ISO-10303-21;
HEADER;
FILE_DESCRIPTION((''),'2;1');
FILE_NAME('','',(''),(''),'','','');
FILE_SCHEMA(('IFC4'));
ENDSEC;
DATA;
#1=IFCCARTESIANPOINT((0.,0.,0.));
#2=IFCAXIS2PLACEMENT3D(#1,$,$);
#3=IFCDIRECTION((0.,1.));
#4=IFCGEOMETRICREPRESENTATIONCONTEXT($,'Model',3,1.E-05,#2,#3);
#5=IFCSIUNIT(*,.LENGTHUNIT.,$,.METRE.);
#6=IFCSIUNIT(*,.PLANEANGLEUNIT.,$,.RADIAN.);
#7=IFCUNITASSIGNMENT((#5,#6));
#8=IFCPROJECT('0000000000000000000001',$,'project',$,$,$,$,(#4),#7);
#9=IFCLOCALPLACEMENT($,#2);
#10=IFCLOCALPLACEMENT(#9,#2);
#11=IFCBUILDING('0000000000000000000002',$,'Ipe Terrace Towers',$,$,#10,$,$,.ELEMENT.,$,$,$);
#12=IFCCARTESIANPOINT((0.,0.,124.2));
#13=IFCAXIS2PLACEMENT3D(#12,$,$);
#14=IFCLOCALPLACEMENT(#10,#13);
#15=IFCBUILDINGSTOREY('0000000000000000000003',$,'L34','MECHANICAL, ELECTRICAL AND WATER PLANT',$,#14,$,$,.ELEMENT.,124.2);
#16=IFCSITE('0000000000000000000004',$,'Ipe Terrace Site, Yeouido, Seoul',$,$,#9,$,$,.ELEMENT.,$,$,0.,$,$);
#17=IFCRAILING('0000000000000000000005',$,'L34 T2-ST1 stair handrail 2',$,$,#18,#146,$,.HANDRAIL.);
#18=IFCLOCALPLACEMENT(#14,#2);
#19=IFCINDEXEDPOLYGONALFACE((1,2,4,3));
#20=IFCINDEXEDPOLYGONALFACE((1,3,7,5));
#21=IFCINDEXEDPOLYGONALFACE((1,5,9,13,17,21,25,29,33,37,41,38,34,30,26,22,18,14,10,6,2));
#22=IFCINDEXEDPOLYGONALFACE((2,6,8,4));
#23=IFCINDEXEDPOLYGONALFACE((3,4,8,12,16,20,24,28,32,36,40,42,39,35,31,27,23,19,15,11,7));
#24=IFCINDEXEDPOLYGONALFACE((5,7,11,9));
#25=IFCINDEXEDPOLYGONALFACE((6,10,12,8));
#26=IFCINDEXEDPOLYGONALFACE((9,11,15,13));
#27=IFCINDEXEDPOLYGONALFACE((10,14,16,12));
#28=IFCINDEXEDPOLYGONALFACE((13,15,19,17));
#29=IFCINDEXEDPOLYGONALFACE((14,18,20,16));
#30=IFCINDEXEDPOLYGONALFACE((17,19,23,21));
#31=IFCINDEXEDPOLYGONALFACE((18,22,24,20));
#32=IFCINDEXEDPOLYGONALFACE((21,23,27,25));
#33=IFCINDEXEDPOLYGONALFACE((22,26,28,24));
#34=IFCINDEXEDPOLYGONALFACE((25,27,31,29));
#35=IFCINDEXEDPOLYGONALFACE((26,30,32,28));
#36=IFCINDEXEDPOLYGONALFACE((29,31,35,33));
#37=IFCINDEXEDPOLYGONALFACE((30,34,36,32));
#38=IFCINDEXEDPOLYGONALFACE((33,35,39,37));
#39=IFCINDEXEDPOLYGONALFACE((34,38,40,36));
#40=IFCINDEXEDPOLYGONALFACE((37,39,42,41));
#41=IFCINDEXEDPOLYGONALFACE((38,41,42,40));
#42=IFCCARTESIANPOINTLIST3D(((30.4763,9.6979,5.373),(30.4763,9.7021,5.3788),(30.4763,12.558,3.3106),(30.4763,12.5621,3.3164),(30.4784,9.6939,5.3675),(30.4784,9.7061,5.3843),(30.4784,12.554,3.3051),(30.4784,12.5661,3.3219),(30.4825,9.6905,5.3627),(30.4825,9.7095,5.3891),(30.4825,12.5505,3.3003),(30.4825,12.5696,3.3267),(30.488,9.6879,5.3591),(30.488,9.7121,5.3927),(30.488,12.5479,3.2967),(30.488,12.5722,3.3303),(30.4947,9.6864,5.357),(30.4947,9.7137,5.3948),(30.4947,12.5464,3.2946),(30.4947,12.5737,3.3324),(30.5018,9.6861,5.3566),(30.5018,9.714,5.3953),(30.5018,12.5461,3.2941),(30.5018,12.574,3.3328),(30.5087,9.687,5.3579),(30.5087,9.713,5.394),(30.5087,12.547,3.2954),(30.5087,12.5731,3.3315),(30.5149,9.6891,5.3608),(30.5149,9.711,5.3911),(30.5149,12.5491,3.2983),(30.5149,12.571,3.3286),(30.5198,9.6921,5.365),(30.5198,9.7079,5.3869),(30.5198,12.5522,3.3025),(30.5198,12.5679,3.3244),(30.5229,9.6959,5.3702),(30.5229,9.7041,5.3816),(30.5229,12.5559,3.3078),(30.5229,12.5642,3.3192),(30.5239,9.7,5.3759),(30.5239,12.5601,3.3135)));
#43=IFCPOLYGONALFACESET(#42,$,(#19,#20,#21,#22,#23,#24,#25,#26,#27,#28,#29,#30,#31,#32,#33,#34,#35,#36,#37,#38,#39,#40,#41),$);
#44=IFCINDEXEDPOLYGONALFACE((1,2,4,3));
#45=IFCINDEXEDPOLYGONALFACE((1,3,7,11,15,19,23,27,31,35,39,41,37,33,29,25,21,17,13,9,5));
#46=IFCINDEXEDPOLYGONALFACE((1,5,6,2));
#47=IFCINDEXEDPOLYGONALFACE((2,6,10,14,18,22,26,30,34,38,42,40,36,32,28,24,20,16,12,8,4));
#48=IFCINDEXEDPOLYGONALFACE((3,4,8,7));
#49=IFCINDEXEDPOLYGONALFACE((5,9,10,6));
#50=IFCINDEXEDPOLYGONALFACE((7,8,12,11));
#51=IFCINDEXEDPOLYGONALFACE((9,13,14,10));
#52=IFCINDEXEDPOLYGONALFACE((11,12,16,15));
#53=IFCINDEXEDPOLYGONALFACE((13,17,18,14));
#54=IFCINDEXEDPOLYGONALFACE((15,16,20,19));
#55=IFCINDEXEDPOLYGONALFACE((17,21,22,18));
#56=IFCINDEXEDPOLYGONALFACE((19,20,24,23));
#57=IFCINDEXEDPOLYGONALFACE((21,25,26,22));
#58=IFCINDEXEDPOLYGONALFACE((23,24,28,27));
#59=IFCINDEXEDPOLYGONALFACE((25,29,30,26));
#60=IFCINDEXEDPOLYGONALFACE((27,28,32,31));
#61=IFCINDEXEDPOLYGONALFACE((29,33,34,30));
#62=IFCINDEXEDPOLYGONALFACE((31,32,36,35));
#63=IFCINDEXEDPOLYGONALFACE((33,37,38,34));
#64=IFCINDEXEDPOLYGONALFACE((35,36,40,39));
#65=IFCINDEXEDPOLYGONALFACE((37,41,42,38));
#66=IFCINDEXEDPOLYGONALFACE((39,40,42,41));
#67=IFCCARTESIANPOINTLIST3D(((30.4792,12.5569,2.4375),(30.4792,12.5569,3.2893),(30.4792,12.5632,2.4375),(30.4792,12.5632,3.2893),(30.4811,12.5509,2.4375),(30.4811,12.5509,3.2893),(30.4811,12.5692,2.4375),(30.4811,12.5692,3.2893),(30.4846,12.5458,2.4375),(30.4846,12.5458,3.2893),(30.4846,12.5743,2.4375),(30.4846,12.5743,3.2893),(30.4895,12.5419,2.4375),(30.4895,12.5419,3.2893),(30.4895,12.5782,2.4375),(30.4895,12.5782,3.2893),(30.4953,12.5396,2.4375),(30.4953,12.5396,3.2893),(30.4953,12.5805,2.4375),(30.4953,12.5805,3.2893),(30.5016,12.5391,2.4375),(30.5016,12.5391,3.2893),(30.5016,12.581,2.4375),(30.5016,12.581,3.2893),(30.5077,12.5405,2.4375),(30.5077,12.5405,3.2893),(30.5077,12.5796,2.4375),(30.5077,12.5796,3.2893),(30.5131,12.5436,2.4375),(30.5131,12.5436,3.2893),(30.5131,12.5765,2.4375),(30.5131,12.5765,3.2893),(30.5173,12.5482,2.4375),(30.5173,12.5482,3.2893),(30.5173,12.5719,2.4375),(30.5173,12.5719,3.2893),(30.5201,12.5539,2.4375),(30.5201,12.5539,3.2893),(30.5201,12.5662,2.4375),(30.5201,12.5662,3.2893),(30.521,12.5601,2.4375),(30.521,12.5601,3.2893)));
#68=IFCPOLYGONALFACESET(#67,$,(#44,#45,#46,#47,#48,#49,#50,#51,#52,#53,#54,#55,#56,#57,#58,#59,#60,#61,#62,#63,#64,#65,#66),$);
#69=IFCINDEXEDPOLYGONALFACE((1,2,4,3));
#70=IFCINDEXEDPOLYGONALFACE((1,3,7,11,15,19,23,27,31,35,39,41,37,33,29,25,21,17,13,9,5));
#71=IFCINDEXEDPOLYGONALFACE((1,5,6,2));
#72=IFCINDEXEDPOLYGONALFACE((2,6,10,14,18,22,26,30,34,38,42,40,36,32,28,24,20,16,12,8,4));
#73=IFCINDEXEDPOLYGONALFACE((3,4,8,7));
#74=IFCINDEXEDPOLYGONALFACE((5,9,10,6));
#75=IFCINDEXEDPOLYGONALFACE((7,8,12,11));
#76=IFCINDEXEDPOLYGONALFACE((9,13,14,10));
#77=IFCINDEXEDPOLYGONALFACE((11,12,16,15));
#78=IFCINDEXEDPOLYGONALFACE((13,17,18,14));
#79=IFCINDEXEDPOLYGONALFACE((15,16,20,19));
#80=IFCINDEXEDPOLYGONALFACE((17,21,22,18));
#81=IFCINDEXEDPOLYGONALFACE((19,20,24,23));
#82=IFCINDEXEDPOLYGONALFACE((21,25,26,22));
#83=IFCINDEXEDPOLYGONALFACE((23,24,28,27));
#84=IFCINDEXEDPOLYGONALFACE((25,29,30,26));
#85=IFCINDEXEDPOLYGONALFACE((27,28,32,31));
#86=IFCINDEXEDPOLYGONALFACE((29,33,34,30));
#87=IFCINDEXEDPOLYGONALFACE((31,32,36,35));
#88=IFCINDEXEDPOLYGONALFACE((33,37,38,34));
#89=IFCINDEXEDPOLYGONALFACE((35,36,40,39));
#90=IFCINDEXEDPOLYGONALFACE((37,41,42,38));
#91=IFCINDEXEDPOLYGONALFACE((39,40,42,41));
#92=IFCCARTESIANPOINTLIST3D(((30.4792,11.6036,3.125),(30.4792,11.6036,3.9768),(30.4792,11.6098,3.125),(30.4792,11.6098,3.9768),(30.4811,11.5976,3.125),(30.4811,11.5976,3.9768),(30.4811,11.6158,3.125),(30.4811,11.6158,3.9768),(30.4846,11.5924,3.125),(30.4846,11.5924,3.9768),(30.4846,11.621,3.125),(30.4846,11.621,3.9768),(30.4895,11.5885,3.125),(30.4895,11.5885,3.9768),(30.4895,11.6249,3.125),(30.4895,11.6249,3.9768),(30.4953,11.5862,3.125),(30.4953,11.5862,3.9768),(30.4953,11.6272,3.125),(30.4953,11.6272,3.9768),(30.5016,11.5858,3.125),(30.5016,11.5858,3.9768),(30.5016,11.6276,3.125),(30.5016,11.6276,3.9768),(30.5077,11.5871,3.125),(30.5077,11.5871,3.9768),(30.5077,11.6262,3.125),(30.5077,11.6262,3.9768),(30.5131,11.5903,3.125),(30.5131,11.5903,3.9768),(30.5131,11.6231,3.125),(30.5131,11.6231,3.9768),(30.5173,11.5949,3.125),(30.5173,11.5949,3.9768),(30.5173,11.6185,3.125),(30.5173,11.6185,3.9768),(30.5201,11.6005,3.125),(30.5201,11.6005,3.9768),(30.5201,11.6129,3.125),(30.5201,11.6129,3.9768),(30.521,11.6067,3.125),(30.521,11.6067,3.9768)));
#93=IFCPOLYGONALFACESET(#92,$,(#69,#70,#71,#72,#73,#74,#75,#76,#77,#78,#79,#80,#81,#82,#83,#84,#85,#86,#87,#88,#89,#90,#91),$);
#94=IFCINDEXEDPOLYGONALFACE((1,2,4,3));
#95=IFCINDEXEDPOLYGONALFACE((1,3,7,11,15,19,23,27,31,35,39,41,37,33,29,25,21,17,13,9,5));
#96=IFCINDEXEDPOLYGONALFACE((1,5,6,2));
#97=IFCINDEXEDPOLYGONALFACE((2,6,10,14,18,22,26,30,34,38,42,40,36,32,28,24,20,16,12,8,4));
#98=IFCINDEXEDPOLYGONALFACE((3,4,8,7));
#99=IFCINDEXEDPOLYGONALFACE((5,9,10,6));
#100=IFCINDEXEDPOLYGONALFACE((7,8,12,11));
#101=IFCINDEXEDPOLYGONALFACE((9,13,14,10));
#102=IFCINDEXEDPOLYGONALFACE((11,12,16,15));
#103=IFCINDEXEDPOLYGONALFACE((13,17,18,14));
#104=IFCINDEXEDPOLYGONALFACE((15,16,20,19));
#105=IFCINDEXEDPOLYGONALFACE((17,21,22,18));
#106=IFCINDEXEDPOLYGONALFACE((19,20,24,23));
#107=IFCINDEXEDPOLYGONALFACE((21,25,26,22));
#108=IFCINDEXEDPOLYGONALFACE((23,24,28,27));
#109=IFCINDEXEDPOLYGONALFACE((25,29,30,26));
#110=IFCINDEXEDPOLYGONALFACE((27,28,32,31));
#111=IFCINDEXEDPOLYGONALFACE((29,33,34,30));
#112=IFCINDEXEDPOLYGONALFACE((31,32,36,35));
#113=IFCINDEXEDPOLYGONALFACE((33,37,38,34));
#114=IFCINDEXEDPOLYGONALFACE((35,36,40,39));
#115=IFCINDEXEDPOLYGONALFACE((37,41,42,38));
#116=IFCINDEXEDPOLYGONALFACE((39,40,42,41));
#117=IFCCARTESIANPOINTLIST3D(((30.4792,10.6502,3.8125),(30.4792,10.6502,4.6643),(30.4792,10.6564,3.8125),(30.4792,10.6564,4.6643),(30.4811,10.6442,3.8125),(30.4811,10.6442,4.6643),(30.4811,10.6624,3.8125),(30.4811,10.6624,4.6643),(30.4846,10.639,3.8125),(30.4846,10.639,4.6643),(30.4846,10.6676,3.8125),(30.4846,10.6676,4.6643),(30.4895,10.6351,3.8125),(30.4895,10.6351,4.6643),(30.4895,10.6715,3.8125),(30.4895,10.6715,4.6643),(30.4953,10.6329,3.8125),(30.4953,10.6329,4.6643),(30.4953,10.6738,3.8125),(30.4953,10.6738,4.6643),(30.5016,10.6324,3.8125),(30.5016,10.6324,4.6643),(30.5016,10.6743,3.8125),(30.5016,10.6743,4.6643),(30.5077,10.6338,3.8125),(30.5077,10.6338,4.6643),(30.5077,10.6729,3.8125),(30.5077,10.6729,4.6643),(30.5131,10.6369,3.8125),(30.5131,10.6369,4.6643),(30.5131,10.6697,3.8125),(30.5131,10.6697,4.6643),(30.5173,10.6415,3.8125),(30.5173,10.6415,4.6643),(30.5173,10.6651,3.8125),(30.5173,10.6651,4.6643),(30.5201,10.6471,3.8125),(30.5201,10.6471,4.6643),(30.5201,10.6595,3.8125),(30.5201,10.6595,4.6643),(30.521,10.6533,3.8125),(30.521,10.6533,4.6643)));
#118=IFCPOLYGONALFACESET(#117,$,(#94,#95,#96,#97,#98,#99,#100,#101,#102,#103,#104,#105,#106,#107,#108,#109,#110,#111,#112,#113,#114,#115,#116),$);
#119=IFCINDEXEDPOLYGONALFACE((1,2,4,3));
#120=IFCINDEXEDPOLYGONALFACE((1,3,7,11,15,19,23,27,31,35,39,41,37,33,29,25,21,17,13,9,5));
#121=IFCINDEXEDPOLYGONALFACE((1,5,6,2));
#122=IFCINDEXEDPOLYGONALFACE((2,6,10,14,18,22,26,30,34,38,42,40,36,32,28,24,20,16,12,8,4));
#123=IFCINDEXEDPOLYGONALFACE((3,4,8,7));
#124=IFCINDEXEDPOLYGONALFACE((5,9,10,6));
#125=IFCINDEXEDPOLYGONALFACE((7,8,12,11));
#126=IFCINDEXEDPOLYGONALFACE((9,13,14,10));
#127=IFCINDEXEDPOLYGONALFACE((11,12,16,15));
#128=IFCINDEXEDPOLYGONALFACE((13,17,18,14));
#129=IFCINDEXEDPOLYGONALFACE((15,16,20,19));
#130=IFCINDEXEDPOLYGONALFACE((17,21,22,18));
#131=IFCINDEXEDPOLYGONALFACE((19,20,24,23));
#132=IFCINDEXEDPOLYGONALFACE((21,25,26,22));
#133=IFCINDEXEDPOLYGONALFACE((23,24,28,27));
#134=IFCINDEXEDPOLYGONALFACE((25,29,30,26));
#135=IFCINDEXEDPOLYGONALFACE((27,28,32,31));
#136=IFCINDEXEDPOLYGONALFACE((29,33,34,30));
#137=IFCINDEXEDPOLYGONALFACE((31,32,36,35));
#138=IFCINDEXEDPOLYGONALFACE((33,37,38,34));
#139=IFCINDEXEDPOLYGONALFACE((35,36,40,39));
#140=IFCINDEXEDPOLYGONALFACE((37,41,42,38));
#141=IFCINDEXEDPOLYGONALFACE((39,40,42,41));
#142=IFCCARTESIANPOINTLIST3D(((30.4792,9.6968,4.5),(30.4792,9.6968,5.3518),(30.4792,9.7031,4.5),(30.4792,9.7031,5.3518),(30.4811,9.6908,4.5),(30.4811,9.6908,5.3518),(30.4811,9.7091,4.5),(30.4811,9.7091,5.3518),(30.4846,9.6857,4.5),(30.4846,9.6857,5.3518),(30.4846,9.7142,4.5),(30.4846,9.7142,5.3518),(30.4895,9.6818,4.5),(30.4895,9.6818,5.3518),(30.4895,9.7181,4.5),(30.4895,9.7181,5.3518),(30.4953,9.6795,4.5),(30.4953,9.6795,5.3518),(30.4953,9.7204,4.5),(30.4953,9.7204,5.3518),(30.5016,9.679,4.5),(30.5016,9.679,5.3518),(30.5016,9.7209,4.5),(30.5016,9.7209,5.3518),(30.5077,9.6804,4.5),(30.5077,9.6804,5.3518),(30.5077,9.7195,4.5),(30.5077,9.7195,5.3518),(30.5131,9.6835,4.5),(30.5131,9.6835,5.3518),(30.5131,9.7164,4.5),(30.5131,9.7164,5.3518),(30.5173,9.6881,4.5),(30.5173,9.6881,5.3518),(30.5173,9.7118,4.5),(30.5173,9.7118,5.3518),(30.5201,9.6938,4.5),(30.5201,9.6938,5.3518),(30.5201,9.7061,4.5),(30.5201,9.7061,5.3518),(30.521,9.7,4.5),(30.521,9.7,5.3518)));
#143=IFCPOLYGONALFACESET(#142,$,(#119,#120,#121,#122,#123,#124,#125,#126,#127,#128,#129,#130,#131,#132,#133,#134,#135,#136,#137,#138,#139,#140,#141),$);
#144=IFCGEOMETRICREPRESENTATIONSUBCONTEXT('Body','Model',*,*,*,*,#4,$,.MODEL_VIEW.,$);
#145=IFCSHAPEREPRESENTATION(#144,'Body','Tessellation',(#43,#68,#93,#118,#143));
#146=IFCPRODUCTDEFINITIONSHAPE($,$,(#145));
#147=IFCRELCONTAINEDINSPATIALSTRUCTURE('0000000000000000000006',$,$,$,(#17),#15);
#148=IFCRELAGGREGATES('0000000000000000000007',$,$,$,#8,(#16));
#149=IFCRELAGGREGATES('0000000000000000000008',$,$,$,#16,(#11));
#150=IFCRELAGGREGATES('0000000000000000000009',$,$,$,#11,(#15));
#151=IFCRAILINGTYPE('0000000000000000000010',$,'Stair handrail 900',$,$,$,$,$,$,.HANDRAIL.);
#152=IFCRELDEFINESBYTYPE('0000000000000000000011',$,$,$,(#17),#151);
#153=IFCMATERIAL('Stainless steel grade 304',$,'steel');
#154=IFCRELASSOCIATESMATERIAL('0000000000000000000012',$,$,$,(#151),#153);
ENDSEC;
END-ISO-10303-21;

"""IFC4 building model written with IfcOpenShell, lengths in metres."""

from ifc_helpers import new_model, si_unit, direction, frame, origin, origin_2d, place, context, subcontext, project, spatial, circle, extrude, material, type_object, element, save


model = new_model("IFC4")

# Units and contexts
model_context = context("Model", 3, precision=1e-05, world=origin(), true_north=direction((0.0, 1.0)))
body_context = subcontext(model_context, "Body", "Model", "MODEL_VIEW")
ifc_project = project(units=[si_unit("LENGTHUNIT", "METRE"), si_unit("PLANEANGLEUNIT", "RADIAN")], contexts=[model_context])

# Site, building, storey
site_placement = place(None, origin())
site = spatial("IfcSite", under=ifc_project, at=site_placement, Name="Ipe Terrace Site, Yeouido, Seoul", CompositionType="ELEMENT", RefElevation=0.0)
building_placement = place(site_placement, origin())
building = spatial("IfcBuilding", under=site, at=building_placement, Name="Ipe Terrace Towers", CompositionType="ELEMENT")
storey_placement = place(building_placement, frame((0.0, 0.0, 124.2)))
storey = spatial("IfcBuildingStorey", under=building, at=storey_placement, Name="L34", Description="MECHANICAL, ELECTRICAL AND WATER PLANT", CompositionType="ELEMENT", Elevation=124.2)

# Railing
ifc_material_1 = material(Name="Stainless steel grade 304", Category="steel")
railing_type = type_object("IfcRailingType", Name="Stair handrail 900", PredefinedType="HANDRAIL", material=ifc_material_1)
railing_placement = place(storey_placement, frame((30.5, 12.5601, 2.4375)))
element("IfcRailing", 1, at=railing_placement, inside=storey, type_object=railing_type, Name="L34 T2-ST1 stair handrail 2", PredefinedType="HANDRAIL", context=body_context, shape_type="SweptSolid", body=[
    extrude(circle(Radius=0.0239, at=origin_2d()), frame((0.0, 0.0, 0.876), z_axis=(0.0, -0.811101, 0.584906), x_axis=(1.0, 0.0, 0.0)), (0.0, 0.0, 1.0), 3.5261),
    extrude(circle(Radius=0.021, at=origin_2d()), origin(), (0.0, 0.0, 1.0), 0.8518),
    extrude(circle(Radius=0.021, at=origin_2d()), frame((0.0, -0.9534, 0.6875)), (0.0, 0.0, 1.0), 0.8518),
    extrude(circle(Radius=0.021, at=origin_2d()), frame((0.0, -1.9067, 1.375)), (0.0, 0.0, 1.0), 0.8518),
    extrude(circle(Radius=0.021, at=origin_2d()), frame((0.0, -2.8601, 2.0625)), (0.0, 0.0, 1.0), 0.8518),
])

save(model, "model.ifc")
